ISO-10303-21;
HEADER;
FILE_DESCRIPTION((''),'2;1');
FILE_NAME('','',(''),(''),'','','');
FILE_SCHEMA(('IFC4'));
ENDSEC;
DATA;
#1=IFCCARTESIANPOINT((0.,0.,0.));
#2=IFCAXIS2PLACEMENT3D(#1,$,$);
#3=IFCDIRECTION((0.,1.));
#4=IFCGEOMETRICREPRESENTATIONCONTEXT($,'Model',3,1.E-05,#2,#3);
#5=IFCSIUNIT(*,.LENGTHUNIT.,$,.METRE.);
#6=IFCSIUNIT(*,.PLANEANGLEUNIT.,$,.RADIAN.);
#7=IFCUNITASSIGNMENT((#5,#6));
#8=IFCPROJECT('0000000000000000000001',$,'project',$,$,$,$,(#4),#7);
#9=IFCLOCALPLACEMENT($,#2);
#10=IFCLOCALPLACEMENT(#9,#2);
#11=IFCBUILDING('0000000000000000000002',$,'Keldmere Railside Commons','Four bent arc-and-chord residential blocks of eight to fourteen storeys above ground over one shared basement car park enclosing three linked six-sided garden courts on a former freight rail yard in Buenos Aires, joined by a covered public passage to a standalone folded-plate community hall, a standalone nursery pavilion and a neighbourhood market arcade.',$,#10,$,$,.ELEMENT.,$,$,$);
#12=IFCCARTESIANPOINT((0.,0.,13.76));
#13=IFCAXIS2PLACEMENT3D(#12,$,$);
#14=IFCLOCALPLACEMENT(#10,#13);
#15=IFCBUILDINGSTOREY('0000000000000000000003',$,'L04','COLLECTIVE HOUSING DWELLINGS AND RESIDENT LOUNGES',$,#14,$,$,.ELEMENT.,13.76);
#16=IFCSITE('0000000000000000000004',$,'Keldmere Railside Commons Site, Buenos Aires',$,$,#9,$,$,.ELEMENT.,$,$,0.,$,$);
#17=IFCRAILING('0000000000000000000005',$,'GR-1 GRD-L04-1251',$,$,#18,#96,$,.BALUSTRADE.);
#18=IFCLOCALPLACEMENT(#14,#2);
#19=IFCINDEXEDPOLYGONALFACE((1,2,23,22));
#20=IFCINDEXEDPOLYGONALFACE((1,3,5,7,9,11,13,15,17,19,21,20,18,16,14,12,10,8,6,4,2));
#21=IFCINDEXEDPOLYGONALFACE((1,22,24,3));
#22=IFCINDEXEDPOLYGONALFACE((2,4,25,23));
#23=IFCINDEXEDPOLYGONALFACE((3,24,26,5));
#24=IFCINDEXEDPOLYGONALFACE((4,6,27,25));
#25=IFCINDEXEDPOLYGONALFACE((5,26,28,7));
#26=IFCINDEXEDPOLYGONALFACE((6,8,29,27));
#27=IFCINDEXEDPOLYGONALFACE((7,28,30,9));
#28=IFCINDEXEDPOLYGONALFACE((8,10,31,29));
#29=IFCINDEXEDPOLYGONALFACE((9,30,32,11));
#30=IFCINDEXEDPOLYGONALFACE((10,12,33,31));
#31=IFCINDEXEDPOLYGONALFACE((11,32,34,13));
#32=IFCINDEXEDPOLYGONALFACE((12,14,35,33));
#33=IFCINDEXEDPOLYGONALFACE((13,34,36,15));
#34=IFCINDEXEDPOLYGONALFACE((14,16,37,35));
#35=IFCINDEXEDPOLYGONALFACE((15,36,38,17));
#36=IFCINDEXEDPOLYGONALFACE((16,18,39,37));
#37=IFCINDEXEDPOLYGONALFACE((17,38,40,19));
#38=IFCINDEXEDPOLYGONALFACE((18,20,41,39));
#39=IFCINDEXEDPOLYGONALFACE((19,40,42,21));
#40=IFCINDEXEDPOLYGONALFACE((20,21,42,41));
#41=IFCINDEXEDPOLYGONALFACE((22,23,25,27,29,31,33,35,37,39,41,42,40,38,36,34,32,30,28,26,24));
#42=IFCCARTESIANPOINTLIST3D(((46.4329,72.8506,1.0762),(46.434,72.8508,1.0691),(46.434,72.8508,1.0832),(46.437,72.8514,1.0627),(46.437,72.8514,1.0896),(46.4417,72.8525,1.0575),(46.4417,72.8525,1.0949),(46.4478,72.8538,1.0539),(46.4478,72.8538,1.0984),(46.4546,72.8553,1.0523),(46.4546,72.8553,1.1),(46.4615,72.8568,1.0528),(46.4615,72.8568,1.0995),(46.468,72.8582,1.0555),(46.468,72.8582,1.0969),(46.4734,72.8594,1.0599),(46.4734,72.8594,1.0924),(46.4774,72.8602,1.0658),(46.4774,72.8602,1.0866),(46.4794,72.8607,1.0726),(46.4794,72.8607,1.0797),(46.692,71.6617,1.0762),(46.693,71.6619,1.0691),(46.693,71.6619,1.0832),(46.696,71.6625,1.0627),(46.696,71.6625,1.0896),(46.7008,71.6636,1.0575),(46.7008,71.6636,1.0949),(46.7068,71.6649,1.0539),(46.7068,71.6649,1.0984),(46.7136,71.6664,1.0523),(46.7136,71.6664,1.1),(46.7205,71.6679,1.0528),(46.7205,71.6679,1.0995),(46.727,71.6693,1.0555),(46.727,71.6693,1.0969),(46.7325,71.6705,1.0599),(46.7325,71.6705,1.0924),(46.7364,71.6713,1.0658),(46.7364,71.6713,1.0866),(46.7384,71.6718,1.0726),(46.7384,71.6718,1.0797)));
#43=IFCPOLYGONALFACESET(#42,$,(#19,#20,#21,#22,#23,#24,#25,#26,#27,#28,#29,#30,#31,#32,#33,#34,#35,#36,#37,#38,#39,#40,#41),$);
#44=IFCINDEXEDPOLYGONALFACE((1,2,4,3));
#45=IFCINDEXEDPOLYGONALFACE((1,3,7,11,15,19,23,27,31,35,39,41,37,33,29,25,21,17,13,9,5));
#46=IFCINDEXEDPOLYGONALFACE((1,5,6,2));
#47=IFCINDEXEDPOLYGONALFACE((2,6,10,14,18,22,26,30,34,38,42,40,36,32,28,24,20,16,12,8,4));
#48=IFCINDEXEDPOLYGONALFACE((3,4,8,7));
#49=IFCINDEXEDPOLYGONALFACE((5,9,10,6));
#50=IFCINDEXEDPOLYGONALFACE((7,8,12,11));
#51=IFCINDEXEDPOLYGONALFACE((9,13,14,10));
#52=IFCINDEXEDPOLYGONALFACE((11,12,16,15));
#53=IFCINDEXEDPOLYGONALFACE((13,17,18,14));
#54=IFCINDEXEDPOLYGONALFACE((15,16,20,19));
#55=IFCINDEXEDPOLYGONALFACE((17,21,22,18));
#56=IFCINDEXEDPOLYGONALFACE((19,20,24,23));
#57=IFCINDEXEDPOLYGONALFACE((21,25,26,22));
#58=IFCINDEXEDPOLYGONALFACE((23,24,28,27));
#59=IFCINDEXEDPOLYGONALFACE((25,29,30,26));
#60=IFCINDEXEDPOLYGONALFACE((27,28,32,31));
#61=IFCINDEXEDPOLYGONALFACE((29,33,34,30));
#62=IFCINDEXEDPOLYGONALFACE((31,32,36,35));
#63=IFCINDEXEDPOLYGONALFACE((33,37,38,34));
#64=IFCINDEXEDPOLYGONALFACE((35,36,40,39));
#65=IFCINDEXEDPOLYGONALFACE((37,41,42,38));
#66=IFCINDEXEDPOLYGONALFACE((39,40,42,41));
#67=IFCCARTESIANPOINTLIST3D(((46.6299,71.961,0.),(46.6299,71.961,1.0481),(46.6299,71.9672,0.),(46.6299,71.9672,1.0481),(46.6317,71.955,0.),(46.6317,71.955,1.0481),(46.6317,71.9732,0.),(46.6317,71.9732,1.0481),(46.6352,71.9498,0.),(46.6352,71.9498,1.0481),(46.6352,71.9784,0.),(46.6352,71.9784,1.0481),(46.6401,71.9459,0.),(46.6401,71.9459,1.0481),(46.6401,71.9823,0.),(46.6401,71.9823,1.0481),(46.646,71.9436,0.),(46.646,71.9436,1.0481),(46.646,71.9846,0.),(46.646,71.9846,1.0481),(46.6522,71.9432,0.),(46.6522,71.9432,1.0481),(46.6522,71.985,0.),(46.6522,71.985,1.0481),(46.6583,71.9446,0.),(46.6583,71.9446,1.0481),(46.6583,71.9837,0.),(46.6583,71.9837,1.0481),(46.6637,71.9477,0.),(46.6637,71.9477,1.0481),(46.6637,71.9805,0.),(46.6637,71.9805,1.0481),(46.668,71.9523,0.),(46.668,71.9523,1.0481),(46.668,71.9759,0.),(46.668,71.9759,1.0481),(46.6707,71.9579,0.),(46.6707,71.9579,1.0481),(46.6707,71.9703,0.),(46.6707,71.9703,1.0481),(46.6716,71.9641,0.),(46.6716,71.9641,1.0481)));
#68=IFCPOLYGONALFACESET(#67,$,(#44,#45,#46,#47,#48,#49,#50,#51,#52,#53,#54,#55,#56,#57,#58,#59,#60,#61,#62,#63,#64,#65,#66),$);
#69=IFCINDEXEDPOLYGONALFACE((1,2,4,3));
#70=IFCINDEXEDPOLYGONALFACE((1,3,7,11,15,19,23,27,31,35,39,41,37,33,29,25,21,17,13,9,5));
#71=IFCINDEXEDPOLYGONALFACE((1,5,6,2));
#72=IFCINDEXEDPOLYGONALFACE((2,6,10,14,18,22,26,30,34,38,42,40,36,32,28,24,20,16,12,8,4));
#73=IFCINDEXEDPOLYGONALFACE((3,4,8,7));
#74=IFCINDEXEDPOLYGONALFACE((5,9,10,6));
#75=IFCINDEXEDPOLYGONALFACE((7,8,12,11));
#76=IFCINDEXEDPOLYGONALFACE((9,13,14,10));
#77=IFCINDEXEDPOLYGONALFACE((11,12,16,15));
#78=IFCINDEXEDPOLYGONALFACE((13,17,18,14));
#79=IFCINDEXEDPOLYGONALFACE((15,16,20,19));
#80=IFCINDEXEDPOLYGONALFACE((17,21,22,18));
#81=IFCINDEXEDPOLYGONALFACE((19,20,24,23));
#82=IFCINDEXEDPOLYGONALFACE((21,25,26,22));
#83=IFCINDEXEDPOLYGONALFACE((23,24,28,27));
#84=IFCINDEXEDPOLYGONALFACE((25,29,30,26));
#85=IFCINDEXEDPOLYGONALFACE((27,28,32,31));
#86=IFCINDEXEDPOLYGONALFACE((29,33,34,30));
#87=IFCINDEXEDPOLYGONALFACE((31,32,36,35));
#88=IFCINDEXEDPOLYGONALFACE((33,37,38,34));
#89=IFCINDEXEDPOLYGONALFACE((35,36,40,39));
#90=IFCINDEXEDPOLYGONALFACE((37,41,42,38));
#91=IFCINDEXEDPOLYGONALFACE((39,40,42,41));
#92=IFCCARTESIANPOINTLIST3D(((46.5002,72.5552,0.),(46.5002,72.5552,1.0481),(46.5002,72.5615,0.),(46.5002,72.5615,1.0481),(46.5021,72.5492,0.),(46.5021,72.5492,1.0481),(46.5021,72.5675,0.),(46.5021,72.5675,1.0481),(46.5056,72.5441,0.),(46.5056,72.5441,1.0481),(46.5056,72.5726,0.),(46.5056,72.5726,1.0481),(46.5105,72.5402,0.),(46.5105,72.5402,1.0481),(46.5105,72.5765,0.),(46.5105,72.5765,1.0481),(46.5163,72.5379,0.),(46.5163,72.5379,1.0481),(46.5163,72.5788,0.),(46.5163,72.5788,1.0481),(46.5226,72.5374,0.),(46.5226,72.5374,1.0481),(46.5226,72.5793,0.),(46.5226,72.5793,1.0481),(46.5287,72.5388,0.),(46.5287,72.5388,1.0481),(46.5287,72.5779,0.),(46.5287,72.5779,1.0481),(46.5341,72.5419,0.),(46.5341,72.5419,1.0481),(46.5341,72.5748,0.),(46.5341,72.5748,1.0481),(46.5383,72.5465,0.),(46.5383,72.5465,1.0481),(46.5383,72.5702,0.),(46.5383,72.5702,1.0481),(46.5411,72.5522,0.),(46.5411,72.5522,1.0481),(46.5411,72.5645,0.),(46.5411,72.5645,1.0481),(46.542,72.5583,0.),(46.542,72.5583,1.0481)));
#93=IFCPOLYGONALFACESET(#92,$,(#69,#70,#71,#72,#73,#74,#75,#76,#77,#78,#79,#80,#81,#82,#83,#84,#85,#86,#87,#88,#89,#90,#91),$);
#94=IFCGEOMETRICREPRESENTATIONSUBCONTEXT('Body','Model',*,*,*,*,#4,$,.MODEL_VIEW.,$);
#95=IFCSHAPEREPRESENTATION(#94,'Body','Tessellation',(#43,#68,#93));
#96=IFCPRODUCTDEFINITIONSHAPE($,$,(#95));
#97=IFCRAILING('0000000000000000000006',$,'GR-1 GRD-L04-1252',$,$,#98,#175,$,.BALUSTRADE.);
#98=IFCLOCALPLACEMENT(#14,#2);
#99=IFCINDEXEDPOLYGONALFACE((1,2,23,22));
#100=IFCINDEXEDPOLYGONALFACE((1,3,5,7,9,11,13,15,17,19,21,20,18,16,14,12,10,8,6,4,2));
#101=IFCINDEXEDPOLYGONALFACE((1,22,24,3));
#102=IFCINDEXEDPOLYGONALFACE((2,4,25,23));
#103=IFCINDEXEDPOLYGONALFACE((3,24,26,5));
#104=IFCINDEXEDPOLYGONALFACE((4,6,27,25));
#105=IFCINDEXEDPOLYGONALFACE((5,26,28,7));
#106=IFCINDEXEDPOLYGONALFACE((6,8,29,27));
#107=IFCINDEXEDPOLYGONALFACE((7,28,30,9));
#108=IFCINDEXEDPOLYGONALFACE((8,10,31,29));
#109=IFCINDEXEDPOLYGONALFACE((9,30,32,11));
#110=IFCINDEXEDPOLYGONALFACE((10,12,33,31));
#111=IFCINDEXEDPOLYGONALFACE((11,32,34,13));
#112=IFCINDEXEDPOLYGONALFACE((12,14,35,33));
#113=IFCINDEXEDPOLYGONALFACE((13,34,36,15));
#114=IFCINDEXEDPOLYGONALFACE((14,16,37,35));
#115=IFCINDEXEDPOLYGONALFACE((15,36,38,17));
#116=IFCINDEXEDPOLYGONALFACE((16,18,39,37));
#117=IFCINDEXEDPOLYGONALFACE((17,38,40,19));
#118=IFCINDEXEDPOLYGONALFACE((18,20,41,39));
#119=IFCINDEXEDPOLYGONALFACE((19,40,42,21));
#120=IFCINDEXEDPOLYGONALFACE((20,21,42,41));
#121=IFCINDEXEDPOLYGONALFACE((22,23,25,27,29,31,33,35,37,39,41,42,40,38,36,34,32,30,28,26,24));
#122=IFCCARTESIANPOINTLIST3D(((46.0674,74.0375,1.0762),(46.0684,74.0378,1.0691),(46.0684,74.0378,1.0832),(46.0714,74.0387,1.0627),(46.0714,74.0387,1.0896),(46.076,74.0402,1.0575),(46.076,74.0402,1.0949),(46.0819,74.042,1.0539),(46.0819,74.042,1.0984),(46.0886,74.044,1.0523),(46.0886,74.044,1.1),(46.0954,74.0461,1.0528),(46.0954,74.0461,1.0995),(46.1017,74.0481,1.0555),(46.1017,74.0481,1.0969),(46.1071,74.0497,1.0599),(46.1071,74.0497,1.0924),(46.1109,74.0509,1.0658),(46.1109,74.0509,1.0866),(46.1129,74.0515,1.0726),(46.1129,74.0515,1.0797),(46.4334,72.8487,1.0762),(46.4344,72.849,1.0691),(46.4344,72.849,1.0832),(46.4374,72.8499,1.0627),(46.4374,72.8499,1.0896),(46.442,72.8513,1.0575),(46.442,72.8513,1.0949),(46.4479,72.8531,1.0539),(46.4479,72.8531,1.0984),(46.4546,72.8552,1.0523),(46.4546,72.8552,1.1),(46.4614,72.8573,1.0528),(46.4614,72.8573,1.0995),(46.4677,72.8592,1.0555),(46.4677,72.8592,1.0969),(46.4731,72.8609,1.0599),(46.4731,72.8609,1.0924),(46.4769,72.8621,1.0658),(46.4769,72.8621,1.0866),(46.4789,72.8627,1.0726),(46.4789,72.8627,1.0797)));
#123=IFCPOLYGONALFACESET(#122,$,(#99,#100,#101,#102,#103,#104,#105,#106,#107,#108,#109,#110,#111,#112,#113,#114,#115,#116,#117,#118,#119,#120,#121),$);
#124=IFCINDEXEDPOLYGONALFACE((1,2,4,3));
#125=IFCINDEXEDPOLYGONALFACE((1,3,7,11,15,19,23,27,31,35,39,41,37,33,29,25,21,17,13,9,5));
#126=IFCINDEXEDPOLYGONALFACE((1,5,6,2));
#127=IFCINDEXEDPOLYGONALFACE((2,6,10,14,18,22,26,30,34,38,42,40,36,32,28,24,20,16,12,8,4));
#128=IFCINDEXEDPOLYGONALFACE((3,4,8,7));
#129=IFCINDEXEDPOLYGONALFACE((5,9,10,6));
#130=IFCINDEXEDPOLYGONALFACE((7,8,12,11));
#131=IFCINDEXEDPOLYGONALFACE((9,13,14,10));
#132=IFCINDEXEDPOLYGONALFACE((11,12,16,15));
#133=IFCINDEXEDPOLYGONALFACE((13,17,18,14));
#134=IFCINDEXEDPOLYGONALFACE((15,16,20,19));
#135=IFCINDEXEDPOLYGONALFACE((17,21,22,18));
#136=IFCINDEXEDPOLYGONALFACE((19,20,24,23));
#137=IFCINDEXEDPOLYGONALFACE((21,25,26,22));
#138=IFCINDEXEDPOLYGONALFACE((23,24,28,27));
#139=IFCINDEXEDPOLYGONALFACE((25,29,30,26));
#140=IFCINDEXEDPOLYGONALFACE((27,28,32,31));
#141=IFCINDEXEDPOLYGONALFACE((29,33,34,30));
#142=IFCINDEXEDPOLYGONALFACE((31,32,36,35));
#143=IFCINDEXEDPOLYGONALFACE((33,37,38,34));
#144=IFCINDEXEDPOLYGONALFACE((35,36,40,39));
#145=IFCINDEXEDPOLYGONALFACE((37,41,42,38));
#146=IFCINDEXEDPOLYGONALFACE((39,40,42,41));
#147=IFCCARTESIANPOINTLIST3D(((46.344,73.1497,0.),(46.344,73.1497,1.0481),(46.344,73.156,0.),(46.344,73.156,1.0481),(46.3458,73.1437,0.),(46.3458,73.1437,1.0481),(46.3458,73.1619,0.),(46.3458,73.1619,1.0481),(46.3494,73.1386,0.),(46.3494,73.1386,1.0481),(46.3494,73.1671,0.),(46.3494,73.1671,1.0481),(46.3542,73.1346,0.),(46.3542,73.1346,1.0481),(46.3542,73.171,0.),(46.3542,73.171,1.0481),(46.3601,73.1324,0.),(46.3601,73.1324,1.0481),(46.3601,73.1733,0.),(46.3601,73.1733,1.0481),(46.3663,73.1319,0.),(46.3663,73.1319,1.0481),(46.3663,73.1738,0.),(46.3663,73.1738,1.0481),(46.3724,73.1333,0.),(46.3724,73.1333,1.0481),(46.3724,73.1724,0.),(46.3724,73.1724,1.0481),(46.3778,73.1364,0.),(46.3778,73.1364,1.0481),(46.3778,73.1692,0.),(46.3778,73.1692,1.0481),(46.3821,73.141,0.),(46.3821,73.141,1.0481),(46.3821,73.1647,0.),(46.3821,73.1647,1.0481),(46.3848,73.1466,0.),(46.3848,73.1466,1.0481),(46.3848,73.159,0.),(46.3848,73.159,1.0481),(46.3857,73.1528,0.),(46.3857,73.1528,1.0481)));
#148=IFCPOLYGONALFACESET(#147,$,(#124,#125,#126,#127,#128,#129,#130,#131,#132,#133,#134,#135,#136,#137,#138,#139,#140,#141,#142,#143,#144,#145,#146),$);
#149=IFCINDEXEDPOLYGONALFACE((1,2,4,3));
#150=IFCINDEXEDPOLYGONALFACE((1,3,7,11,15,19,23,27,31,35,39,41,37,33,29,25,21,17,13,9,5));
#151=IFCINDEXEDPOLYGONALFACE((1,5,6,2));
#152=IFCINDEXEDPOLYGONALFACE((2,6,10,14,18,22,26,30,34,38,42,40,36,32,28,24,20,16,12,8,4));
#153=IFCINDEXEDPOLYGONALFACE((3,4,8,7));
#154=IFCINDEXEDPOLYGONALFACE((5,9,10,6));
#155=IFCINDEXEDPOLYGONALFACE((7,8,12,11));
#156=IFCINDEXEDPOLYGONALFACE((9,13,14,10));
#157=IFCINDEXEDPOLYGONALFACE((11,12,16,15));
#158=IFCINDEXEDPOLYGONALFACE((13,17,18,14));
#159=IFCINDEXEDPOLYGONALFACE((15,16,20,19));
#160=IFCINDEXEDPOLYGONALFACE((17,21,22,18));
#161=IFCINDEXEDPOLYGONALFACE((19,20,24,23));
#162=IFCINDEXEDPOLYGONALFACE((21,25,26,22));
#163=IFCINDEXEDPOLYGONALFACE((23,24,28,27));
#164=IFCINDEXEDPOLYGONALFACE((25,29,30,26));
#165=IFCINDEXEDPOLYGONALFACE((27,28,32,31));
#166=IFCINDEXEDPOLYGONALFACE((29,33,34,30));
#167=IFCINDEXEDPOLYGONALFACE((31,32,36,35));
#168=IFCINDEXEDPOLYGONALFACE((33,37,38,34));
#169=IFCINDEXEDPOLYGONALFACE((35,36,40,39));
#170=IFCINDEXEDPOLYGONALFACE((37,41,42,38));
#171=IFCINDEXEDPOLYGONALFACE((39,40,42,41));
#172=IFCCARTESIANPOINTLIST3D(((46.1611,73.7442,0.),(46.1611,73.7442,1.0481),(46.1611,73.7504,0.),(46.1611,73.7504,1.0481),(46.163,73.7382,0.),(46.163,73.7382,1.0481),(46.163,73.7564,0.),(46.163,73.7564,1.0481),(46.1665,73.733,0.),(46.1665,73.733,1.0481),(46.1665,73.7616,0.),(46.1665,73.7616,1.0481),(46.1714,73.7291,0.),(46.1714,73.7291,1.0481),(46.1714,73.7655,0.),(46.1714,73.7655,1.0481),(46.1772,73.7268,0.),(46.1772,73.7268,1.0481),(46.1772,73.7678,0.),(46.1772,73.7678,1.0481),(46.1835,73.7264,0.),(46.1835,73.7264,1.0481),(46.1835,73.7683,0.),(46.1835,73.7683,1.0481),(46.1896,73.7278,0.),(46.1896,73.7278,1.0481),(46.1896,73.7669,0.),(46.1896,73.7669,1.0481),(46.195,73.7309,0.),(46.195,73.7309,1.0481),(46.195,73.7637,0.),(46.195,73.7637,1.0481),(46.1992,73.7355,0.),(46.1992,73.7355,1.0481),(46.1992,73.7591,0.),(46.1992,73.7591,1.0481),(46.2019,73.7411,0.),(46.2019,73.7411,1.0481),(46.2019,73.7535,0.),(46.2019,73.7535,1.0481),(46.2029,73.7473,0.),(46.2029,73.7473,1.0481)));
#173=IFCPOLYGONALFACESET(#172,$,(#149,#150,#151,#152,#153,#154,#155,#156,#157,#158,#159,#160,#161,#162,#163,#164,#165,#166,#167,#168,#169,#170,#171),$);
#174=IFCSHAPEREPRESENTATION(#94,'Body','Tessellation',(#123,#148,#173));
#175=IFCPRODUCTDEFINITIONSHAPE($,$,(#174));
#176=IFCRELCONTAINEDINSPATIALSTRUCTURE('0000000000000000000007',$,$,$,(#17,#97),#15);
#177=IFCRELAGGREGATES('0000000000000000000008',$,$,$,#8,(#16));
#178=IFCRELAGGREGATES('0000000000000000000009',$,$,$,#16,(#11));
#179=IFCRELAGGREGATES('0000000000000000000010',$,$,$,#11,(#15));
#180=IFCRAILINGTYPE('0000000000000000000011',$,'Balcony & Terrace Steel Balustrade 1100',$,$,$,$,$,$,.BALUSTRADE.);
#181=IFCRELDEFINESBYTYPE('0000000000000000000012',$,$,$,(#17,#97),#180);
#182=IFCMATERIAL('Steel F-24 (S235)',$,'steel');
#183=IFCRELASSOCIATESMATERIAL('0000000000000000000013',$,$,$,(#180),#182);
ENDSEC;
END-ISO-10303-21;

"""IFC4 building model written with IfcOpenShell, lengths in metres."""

from ifc_helpers import new_model, si_unit, direction, frame, origin, origin_2d, place, context, subcontext, project, spatial, circle, extrude, material, type_object, element, save


model = new_model("IFC4")

# Units and contexts
model_context = context("Model", 3, precision=1e-05, world=origin(), true_north=direction((0.0, 1.0)))
body_context = subcontext(model_context, "Body", "Model", "MODEL_VIEW")
ifc_project = project(units=[si_unit("LENGTHUNIT", "METRE"), si_unit("PLANEANGLEUNIT", "RADIAN")], contexts=[model_context])

# Site, building, storey
site_placement = place(None, origin())
site = spatial("IfcSite", under=ifc_project, at=site_placement, Name="Keldmere Railside Commons Site, Buenos Aires", CompositionType="ELEMENT", RefElevation=0.0)
building_placement = place(site_placement, origin())
building = spatial("IfcBuilding", under=site, at=building_placement, Name="Keldmere Railside Commons", Description="Four bent arc-and-chord residential blocks of eight to fourteen storeys above ground over one shared basement car park enclosing three linked six-sided garden courts on a former freight rail yard in Buenos Aires, joined by a covered public passage to a standalone folded-plate community hall, a standalone nursery pavilion and a neighbourhood market arcade.", CompositionType="ELEMENT")
storey_placement = place(building_placement, frame((0.0, 0.0, 13.76)))
storey = spatial("IfcBuildingStorey", under=building, at=storey_placement, Name="L04", Description="COLLECTIVE HOUSING DWELLINGS AND RESIDENT LOUNGES", CompositionType="ELEMENT", Elevation=13.76)

# Shared definitions
ifc_material_1 = material(Name="Steel F-24 (S235)", Category="steel")

# Railings
railing_type_1 = type_object("IfcRailingType", Name="Balcony & Terrace Steel Balustrade 1100", PredefinedType="BALUSTRADE", material=ifc_material_1)
railing_1_placement = place(storey_placement, frame((46.7153, 71.6667, 0.0)))
element("IfcRailing", 1, at=railing_1_placement, inside=storey, type_object=railing_type_1, Name="GR-1 GRD-L04-1251", PredefinedType="BALUSTRADE", context=body_context, shape_type="SweptSolid", body=[
    extrude(circle(Radius=0.0239, at=origin_2d()), frame((0.0, 0.0, 1.0762), z_axis=(-0.212871, 0.97708, 0.0), x_axis=(-0.97708, -0.212871, 0.0)), (0.0, 0.0, 1.0), 1.2168),
    extrude(circle(Radius=0.021, at=origin_2d()), frame((-0.0647, 0.2974, 0.0)), (0.0, 0.0, 1.0), 1.0481),
    extrude(circle(Radius=0.021, at=origin_2d()), frame((-0.1943, 0.8916, 0.0)), (0.0, 0.0, 1.0), 1.0481),
])
railing_2_placement = place(storey_placement, frame((46.4563, 72.8557, 0.0)))
element("IfcRailing", 2, at=railing_2_placement, inside=storey, type_object=railing_type_1, Name="GR-1 GRD-L04-1252", PredefinedType="BALUSTRADE", context=body_context, shape_type="SweptSolid", body=[
    extrude(circle(Radius=0.0239, at=origin_2d()), frame((0.0, 0.0, 1.0762), z_axis=(-0.294238, 0.955732, 0.0), x_axis=(-0.955732, -0.294238, 0.0)), (0.0, 0.0, 1.0), 1.2439),
    extrude(circle(Radius=0.021, at=origin_2d()), frame((-0.0916, 0.2971, 0.0)), (0.0, 0.0, 1.0), 1.0481),
    extrude(circle(Radius=0.021, at=origin_2d()), frame((-0.2744, 0.8916, 0.0)), (0.0, 0.0, 1.0), 1.0481),
])

save(model, "model.ifc")
